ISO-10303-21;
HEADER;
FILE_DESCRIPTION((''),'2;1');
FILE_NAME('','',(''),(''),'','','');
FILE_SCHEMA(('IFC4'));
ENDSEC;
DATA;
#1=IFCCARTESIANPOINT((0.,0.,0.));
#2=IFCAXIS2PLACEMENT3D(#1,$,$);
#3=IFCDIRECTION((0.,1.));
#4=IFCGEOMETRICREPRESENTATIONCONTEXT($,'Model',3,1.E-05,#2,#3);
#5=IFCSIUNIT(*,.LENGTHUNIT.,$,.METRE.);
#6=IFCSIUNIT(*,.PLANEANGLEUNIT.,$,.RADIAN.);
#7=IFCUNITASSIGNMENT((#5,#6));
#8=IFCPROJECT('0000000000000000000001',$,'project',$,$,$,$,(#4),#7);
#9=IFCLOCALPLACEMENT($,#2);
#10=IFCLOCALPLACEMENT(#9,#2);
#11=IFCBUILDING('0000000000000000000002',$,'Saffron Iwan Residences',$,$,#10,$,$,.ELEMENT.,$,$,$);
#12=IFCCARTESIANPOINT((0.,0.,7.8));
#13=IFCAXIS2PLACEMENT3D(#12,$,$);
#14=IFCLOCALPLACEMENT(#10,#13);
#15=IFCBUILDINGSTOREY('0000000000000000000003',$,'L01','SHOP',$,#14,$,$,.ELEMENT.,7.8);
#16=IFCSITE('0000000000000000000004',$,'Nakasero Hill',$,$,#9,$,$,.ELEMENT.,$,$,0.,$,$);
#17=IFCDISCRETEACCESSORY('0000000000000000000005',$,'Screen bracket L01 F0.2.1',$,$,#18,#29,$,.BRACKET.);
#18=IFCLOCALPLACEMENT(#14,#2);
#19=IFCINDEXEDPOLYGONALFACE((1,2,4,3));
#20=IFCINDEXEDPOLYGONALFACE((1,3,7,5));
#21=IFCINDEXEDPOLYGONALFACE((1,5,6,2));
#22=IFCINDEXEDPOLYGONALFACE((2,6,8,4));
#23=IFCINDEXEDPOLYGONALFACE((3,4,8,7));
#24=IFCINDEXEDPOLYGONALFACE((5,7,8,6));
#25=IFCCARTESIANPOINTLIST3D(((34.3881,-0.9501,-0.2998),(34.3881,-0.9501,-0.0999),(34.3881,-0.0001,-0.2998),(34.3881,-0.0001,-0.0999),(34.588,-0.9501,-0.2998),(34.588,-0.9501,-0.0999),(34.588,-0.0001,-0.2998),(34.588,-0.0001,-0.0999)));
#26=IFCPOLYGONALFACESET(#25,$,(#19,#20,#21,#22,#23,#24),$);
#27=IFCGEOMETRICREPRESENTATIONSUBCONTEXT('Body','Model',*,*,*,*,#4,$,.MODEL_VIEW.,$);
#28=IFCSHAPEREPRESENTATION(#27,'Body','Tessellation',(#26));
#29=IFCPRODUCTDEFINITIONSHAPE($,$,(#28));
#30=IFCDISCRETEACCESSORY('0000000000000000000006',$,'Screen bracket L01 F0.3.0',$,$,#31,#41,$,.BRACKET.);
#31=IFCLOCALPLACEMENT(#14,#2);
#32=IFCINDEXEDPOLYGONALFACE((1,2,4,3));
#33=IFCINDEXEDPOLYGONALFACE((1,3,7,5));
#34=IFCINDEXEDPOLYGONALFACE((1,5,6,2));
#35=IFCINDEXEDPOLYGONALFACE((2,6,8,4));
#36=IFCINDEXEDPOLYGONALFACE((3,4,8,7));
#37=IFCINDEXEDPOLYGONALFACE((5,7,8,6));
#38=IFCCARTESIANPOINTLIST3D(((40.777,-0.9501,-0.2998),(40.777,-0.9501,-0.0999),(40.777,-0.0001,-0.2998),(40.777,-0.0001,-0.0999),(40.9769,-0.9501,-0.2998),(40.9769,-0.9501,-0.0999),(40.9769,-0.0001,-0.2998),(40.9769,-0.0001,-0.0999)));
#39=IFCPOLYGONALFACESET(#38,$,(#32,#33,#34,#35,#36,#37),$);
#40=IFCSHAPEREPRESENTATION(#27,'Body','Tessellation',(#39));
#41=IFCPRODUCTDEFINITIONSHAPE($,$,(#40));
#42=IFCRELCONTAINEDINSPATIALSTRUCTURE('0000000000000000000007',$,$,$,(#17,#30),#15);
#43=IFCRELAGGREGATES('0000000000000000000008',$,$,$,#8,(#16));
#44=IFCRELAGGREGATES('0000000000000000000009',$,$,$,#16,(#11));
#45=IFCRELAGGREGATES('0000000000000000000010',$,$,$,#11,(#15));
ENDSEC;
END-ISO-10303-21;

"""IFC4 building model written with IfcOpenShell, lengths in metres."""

from ifc_helpers import new_model, si_unit, direction, frame, origin, origin_2d, place, context, subcontext, project, spatial, rectangle, extrude, source, transform, mapped, element, save


model = new_model("IFC4")

# Units and contexts
model_context = context("Model", 3, precision=1e-05, world=origin(), true_north=direction((0.0, 1.0)))
body_context = subcontext(model_context, "Body", "Model", "MODEL_VIEW")
ifc_project = project(units=[si_unit("LENGTHUNIT", "METRE"), si_unit("PLANEANGLEUNIT", "RADIAN")], contexts=[model_context])

# Site, building, storey
site_placement = place(None, origin())
site = spatial("IfcSite", under=ifc_project, at=site_placement, Name="Nakasero Hill", CompositionType="ELEMENT", RefElevation=0.0)
building_placement = place(site_placement, origin())
building = spatial("IfcBuilding", under=site, at=building_placement, Name="Saffron Iwan Residences", CompositionType="ELEMENT")
storey_placement = place(building_placement, frame((0.0, 0.0, 7.8)))
storey = spatial("IfcBuildingStorey", under=building, at=storey_placement, Name="L01", Description="SHOP", CompositionType="ELEMENT", Elevation=7.8)

# Discrete accessories
shared_shape_1 = source(origin(), body_context, "Body", "SweptSolid", [
    extrude(rectangle(XDim=0.95, YDim=0.2, at=origin_2d()), origin(), (0.0, 0.0, 1.0), 0.2),
])
for number, where, z_axis, x_axis, name in (
    (1, (34.488, -0.4751, -0.2998), (0.0, 0.0, 1.0), (0.0, -1.0, 0.0), "Screen bracket L01 F0.2.1"),
    (2, (40.877, -0.4751, -0.2998), (0.0, 0.0, 1.0), (0.0, -1.0, 0.0), "Screen bracket L01 F0.3.0"),
):
    element("IfcDiscreteAccessory", number, at=place(storey_placement, frame(where, z_axis=z_axis, x_axis=x_axis)), inside=storey, Name=name, PredefinedType="BRACKET", context=body_context, shape_type="MappedRepresentation", body=[
        mapped(shared_shape_1, transform((0.0, 0.0, 0.0))),
    ])

save(model, "model.ifc")
